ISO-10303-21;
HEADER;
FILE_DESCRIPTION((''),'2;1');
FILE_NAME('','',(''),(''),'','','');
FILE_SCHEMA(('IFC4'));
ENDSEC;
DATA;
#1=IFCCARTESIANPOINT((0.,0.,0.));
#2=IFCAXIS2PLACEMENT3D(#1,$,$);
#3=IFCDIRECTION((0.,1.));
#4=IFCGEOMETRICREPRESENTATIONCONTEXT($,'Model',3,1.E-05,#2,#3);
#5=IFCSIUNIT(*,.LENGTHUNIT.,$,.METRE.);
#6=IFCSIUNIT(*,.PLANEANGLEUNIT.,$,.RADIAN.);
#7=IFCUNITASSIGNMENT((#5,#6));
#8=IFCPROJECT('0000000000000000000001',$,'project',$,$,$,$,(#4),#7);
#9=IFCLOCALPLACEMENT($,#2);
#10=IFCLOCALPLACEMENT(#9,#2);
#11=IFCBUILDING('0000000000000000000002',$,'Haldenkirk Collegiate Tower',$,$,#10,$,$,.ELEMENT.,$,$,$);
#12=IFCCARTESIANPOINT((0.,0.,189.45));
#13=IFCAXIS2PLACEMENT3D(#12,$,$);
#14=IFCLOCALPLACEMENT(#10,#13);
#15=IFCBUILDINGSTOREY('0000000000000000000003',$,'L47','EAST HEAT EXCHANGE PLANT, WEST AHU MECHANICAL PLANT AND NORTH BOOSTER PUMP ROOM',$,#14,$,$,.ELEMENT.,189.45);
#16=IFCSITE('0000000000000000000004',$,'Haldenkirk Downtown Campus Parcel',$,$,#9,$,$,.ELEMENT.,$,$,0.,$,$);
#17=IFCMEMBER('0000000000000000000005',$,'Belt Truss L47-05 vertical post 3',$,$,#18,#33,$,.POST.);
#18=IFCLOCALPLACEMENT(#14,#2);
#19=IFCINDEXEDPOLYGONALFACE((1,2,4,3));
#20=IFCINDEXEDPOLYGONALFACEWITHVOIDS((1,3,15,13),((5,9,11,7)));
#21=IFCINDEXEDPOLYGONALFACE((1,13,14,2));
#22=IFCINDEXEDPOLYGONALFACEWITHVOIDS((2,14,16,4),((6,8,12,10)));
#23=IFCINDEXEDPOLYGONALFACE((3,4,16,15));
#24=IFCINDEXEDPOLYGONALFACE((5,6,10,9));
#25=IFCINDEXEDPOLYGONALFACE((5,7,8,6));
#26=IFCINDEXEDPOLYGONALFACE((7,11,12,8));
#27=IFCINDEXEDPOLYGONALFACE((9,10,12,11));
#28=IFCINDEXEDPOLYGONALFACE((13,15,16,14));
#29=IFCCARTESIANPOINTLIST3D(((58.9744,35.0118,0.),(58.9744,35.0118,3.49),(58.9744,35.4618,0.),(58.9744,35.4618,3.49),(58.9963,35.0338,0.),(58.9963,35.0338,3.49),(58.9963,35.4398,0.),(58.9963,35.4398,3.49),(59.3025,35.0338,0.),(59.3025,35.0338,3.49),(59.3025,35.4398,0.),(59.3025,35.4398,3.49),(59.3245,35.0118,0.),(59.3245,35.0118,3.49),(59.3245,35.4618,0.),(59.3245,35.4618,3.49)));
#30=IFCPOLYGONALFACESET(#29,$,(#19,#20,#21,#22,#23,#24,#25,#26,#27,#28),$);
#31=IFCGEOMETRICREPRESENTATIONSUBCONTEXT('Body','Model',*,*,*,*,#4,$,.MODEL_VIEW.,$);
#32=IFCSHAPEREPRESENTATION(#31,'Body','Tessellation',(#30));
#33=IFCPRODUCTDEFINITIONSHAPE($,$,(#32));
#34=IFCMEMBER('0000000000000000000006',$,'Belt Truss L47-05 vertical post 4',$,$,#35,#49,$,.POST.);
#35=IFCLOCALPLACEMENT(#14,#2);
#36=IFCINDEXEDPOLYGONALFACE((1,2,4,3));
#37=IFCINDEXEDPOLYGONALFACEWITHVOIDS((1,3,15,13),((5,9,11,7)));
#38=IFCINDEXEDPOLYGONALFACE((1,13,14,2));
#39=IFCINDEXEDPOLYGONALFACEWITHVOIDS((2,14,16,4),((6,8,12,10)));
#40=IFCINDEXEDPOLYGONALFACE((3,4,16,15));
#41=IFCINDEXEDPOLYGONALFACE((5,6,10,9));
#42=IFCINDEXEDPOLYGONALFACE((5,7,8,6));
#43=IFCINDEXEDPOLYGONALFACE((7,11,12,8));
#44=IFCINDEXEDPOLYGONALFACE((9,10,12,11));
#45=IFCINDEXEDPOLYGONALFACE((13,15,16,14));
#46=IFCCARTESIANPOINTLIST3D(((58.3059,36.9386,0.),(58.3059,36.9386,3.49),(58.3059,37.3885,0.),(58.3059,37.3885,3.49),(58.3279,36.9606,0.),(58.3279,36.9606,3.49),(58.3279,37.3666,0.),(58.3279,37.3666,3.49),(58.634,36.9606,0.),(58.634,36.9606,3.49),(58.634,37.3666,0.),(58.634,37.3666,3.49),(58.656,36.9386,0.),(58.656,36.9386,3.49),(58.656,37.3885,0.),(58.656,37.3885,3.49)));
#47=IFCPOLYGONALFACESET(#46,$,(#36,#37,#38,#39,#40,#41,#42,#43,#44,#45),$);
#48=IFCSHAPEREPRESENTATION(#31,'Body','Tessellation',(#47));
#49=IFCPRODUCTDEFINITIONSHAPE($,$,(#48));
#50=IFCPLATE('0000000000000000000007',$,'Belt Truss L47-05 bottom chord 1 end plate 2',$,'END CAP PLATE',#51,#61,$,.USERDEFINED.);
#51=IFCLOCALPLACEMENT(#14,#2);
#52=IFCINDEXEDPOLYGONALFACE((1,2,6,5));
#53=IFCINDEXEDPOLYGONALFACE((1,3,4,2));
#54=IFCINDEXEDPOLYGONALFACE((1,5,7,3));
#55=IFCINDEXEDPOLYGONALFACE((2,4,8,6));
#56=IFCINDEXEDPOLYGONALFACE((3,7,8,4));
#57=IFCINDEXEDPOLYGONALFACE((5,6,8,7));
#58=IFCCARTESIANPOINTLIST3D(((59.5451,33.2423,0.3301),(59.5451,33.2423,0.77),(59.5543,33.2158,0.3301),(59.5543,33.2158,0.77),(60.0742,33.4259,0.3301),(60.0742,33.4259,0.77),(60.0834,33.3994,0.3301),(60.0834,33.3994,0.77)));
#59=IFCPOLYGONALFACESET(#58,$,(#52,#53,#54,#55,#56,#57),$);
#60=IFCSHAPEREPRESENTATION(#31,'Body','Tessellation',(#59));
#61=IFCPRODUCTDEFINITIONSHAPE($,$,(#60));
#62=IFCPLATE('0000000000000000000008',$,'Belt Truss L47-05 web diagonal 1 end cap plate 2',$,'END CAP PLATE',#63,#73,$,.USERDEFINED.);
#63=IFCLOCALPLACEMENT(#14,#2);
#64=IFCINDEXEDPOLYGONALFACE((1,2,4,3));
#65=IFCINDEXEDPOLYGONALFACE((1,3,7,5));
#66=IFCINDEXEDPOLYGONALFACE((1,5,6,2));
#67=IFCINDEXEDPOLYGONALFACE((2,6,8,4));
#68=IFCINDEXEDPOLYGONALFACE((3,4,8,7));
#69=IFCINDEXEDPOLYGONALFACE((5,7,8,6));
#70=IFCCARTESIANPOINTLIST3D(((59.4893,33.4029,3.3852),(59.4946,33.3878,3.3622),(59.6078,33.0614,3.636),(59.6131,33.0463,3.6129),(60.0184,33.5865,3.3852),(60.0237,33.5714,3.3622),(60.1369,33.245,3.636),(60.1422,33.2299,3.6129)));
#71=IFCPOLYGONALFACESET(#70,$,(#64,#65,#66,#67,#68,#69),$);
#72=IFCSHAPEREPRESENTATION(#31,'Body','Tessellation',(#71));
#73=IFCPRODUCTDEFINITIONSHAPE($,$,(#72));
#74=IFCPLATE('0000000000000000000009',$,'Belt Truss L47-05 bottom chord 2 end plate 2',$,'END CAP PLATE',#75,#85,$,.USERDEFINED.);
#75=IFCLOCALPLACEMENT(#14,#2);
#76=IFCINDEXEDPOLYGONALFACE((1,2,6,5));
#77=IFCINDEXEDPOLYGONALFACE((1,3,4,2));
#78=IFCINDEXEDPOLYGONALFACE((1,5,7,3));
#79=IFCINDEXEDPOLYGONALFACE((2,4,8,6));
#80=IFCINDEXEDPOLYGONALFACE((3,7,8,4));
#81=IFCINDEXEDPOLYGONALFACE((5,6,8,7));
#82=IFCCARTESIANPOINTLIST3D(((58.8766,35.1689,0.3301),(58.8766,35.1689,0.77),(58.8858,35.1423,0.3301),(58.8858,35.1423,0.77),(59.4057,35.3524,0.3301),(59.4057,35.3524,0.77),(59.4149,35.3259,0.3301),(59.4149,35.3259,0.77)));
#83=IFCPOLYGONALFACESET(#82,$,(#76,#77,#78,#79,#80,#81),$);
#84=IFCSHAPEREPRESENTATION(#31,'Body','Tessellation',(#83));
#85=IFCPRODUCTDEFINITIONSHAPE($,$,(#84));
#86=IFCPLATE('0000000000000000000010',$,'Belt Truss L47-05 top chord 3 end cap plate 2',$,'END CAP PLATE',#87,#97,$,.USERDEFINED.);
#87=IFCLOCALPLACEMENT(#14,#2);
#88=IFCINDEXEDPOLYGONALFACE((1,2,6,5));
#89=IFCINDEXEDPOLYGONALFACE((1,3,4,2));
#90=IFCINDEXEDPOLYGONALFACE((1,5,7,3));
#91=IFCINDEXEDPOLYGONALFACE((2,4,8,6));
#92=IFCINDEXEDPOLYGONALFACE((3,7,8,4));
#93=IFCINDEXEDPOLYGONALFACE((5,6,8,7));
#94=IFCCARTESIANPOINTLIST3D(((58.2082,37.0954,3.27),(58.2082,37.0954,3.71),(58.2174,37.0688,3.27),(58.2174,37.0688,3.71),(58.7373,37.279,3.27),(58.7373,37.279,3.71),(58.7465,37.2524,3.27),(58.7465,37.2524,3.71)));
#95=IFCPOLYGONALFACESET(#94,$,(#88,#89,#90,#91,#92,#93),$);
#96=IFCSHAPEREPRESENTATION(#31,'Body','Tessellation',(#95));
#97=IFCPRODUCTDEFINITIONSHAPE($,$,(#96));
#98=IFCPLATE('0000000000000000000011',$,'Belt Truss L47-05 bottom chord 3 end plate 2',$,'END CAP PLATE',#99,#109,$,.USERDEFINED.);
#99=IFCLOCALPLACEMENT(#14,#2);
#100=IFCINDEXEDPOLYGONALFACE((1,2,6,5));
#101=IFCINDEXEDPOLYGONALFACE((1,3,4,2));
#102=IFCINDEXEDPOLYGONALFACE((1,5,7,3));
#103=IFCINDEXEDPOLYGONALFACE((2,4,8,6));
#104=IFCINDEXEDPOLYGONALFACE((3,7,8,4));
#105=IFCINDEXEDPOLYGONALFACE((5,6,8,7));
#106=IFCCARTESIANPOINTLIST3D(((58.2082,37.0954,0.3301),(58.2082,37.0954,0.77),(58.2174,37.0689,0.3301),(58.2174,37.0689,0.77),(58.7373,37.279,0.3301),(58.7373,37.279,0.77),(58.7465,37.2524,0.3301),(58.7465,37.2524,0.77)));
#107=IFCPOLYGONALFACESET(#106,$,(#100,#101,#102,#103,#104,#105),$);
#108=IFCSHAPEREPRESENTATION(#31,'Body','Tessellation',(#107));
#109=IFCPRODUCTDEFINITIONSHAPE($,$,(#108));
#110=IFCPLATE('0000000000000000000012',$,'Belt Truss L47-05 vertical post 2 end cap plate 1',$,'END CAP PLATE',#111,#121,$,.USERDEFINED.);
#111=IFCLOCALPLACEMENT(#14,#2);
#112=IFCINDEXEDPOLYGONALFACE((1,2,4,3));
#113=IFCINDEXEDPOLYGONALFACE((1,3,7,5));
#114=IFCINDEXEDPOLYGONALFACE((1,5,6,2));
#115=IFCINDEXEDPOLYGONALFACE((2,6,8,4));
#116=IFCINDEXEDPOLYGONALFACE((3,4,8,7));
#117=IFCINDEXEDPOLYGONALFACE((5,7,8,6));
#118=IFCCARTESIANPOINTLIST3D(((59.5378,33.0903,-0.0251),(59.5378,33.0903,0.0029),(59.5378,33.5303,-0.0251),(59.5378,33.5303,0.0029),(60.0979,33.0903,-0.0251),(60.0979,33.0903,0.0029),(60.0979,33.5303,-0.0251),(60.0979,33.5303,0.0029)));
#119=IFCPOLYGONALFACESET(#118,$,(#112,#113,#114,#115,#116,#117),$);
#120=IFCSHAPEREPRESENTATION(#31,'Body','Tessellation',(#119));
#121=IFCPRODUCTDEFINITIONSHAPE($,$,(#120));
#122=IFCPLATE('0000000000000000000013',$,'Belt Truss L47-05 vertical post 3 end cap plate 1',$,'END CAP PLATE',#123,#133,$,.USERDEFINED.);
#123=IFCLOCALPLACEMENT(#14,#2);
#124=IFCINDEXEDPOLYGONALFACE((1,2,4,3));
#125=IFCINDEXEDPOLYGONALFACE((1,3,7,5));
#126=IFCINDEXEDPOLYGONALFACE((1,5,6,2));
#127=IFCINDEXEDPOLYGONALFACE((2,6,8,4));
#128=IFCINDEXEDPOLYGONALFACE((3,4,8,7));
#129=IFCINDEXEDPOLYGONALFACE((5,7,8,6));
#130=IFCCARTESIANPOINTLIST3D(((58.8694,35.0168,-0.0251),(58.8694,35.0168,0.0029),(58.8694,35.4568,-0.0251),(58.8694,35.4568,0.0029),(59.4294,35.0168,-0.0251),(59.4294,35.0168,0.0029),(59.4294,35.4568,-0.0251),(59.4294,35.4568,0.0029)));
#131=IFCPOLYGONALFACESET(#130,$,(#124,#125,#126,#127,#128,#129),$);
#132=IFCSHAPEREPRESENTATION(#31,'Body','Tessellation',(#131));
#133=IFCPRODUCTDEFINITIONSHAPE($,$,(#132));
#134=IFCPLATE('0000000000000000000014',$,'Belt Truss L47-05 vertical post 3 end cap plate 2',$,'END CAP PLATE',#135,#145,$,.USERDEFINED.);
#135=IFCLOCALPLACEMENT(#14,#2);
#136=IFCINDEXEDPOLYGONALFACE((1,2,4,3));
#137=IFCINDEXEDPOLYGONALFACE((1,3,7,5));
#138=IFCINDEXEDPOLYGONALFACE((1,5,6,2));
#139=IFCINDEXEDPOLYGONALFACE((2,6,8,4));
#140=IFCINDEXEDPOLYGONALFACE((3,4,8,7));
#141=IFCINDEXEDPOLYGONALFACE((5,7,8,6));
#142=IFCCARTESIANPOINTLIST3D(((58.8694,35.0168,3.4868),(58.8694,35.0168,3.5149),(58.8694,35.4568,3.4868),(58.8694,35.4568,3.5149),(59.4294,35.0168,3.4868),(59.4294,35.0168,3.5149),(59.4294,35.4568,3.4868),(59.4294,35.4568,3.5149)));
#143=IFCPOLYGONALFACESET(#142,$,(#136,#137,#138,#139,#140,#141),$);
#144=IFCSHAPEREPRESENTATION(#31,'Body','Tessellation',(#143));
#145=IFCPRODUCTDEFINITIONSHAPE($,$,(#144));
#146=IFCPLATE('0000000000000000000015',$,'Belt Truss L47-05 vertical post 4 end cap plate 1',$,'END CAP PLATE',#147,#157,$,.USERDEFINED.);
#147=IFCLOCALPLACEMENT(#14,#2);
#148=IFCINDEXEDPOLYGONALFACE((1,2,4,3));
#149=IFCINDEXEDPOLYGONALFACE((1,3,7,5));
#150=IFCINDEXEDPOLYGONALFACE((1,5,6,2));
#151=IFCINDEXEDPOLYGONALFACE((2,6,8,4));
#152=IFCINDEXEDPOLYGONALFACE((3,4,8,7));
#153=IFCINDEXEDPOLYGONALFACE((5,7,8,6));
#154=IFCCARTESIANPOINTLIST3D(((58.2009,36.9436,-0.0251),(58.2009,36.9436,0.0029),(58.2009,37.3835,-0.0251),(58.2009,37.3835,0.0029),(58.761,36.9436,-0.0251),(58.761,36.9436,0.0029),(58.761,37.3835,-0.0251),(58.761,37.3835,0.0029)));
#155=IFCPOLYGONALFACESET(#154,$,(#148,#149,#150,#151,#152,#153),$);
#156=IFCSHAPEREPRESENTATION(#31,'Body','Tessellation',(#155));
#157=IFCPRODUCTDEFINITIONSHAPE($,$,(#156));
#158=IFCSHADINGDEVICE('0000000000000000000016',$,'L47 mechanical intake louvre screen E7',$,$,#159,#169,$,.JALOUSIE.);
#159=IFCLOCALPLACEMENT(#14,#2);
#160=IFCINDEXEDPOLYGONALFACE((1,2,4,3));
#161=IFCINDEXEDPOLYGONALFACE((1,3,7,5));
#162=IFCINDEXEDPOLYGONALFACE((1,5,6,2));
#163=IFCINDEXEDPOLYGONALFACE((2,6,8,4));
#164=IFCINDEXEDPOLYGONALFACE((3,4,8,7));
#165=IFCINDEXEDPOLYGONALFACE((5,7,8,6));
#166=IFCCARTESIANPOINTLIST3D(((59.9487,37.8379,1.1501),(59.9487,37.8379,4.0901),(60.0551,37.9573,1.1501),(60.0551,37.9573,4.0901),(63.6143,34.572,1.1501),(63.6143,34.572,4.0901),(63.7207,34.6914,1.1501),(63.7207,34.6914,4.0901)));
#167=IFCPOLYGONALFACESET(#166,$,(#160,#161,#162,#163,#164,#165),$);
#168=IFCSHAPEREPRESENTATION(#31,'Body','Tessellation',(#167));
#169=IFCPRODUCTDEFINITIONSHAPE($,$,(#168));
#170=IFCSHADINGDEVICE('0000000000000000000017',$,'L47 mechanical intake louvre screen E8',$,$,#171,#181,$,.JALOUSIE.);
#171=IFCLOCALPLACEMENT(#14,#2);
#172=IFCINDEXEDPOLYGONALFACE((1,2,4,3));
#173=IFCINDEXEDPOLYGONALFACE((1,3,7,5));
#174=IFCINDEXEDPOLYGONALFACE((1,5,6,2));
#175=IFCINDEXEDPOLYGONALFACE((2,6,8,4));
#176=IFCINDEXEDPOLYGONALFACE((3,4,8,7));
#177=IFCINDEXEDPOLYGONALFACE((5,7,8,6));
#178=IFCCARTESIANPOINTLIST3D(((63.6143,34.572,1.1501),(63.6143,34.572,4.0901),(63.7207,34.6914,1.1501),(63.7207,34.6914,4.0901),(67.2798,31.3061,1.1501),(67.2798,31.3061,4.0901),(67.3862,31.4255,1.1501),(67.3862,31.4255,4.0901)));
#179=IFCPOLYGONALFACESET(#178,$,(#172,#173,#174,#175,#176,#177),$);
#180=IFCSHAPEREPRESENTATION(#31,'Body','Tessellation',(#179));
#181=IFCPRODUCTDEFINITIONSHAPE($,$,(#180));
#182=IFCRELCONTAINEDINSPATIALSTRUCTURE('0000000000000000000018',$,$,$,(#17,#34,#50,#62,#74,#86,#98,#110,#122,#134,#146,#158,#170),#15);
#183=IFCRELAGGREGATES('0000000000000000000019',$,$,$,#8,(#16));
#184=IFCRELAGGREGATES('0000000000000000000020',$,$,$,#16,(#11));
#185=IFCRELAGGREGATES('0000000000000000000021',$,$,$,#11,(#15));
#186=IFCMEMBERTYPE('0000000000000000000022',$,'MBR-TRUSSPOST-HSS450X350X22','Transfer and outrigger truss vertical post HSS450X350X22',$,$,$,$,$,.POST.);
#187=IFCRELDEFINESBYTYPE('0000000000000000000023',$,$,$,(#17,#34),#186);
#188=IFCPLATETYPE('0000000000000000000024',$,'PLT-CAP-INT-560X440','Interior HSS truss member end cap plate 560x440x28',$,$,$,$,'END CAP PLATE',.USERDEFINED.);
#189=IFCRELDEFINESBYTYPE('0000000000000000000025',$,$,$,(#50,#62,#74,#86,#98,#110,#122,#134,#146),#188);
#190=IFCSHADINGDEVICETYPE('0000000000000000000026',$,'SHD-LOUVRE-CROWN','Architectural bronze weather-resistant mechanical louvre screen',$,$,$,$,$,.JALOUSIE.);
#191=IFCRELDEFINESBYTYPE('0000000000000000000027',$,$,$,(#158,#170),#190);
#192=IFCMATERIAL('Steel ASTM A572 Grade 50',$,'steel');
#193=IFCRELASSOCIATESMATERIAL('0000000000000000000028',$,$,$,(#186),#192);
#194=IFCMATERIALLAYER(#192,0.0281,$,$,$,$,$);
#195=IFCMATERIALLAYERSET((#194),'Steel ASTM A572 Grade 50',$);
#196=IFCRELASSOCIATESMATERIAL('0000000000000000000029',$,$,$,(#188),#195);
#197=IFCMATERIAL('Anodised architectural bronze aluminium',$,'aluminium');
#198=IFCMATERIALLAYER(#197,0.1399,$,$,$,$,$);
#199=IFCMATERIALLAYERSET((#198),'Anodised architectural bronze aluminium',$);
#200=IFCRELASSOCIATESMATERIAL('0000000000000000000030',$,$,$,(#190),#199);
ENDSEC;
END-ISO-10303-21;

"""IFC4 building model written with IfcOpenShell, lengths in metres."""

from ifc_helpers import new_model, si_unit, direction, frame, origin, origin_2d, place, context, subcontext, project, spatial, rectangle, hollow_rectangle, extrude, source, transform, mapped, material, layer, layer_set, material_profile, profile_set, type_object, element, save


model = new_model("IFC4")

# Units and contexts
model_context = context("Model", 3, precision=1e-05, world=origin(), true_north=direction((0.0, 1.0)))
body_context = subcontext(model_context, "Body", "Model", "MODEL_VIEW")
ifc_project = project(units=[si_unit("LENGTHUNIT", "METRE"), si_unit("PLANEANGLEUNIT", "RADIAN")], contexts=[model_context])

# Site, building, storey
site_placement = place(None, origin())
site = spatial("IfcSite", under=ifc_project, at=site_placement, Name="Haldenkirk Downtown Campus Parcel", CompositionType="ELEMENT", RefElevation=0.0)
building_placement = place(site_placement, origin())
building = spatial("IfcBuilding", under=site, at=building_placement, Name="Haldenkirk Collegiate Tower", CompositionType="ELEMENT")
storey_placement = place(building_placement, frame((0.0, 0.0, 189.45)))
storey = spatial("IfcBuildingStorey", under=building, at=storey_placement, Name="L47", Description="EAST HEAT EXCHANGE PLANT, WEST AHU MECHANICAL PLANT AND NORTH BOOSTER PUMP ROOM", CompositionType="ELEMENT", Elevation=189.45)

# Members
ifc_material_1 = material(Name="Steel ASTM A572 Grade 50", Category="steel")
ifc_material_profile_1 = material_profile(ifc_material_1, hollow_rectangle(XDim=0.3501, YDim=0.45, WallThickness=0.022, at=origin_2d()), Name="HSS450X350X22")
ifc_profile_set_1 = profile_set([ifc_material_profile_1], Name="Steel ASTM A572 Grade 50")
member_type_1 = type_object("IfcMemberType", Name="MBR-TRUSSPOST-HSS450X350X22", Description="Transfer and outrigger truss vertical post HSS450X350X22", PredefinedType="POST", material=ifc_profile_set_1)
for number, where, z_axis, x_axis, name in (
    (1, (59.1494, 35.2368, 0.0), (0.0, 0.0, 1.0), (1.0, 0.0, 0.0), "Belt Truss L47-05 vertical post 3"),
    (2, (58.481, 37.1636, 0.0), (0.0, 0.0, 1.0), (1.0, 0.0, 0.0), "Belt Truss L47-05 vertical post 4"),
):
    element("IfcMember", number, at=place(storey_placement, frame(where, z_axis=z_axis, x_axis=x_axis)), inside=storey, type_object=member_type_1, Name=name, PredefinedType="POST", context=body_context, shape_type="SweptSolid", body=[
        extrude(hollow_rectangle(XDim=0.3501, YDim=0.45, WallThickness=0.022, at=origin_2d()), origin(), (0.0, 0.0, 1.0), 3.49),
    ])

# Plates
ifc_layer_1 = layer(ifc_material_1, 0.0281)
ifc_layer_set_1 = layer_set([ifc_layer_1], Name="Steel ASTM A572 Grade 50")
plate_type = type_object("IfcPlateType", Name="PLT-CAP-INT-560X440", Description="Interior HSS truss member end cap plate 560x440x28", ElementType="END CAP PLATE", PredefinedType="USERDEFINED", material=ifc_layer_set_1)
shared_shape_1 = source(origin(), body_context, "Body", "SweptSolid", [
    extrude(rectangle(XDim=0.5601, YDim=0.4399, at=origin_2d()), origin(), (0.0, 0.0, 1.0), 0.0281),
])
for number, where, z_axis, x_axis, name in (
    (3, (59.8188, 33.3076, 0.55), (-0.327802, 0.944747, 0.0), (-0.944747, -0.327802, 0.0), "Belt Truss L47-05 bottom chord 1 end plate 2"),
    (4, (59.8184, 33.3088, 3.4875), (-0.186835, 0.538453, 0.821682), (-0.944743, -0.327811, 0.0), "Belt Truss L47-05 web diagonal 1 end cap plate 2"),
    (5, (59.1504, 35.2341, 0.55), (-0.327802, 0.944747, 0.0), (-0.944747, -0.327802, 0.0), "Belt Truss L47-05 bottom chord 2 end plate 2"),
    (6, (58.4819, 37.1606, 3.49), (-0.327811, 0.944743, 0.0), (-0.944743, -0.327811, 0.0), "Belt Truss L47-05 top chord 3 end cap plate 2"),
    (7, (58.4819, 37.1606, 0.55), (-0.327802, 0.944747, 0.0), (-0.944747, -0.327802, 0.0), "Belt Truss L47-05 bottom chord 3 end plate 2"),
    (8, (59.8179, 33.3103, 0.0029), (0.0, 0.0, -1.0), (1.0, 0.0, 0.0), "Belt Truss L47-05 vertical post 2 end cap plate 1"),
    (9, (59.1494, 35.2368, 0.0029), (0.0, 0.0, -1.0), (1.0, 0.0, 0.0), "Belt Truss L47-05 vertical post 3 end cap plate 1"),
    (10, (59.1494, 35.2368, 3.4868), (0.0, 0.0, 1.0), (1.0, 0.0, 0.0), "Belt Truss L47-05 vertical post 3 end cap plate 2"),
    (11, (58.481, 37.1636, 0.0029), (0.0, 0.0, -1.0), (1.0, 0.0, 0.0), "Belt Truss L47-05 vertical post 4 end cap plate 1"),
):
    element("IfcPlate", number, at=place(storey_placement, frame(where, z_axis=z_axis, x_axis=x_axis)), inside=storey, type_object=plate_type, Name=name, ObjectType="END CAP PLATE", PredefinedType="USERDEFINED", context=body_context, shape_type="MappedRepresentation", body=[
        mapped(shared_shape_1, transform((0.0, 0.0, 0.0), x_axis=(1.0, 0.0, 0.0), y_axis=(0.0, 1.0, 0.0), z_axis=(0.0, 0.0, 1.0), scale=1.0)),
    ])

# Shading devices
ifc_material_2 = material(Name="Anodised architectural bronze aluminium", Category="aluminium")
ifc_layer_2 = layer(ifc_material_2, 0.1399)
ifc_layer_set_2 = layer_set([ifc_layer_2], Name="Anodised architectural bronze aluminium")
shading_device_type = type_object("IfcShadingDeviceType", Name="SHD-LOUVRE-CROWN", Description="Architectural bronze weather-resistant mechanical louvre screen", PredefinedType="JALOUSIE", material=ifc_layer_set_2)
shared_shape_2 = source(origin(), body_context, "Body", "SweptSolid", [
    extrude(rectangle(XDim=4.9094, YDim=0.1599, at=origin_2d()), origin(), (0.0, 0.0, 1.0), 2.9399),
])
for number, where, z_axis, x_axis, name in (
    (12, (61.8347, 36.2646, 1.1501), (0.0, 0.0, 1.0), (0.746638, -0.66523, 0.0), "L47 mechanical intake louvre screen E7"),
    (13, (65.5002, 32.9988, 1.1501), (0.0, 0.0, 1.0), (0.746638, -0.66523, 0.0), "L47 mechanical intake louvre screen E8"),
):
    element("IfcShadingDevice", number, at=place(storey_placement, frame(where, z_axis=z_axis, x_axis=x_axis)), inside=storey, type_object=shading_device_type, Name=name, PredefinedType="JALOUSIE", context=body_context, shape_type="MappedRepresentation", body=[
        mapped(shared_shape_2, transform((0.0, 0.0, 0.0), x_axis=(1.0, 0.0, 0.0), y_axis=(0.0, 1.0, 0.0), z_axis=(0.0, 0.0, 1.0), scale=1.0)),
    ])

save(model, "model.ifc")
